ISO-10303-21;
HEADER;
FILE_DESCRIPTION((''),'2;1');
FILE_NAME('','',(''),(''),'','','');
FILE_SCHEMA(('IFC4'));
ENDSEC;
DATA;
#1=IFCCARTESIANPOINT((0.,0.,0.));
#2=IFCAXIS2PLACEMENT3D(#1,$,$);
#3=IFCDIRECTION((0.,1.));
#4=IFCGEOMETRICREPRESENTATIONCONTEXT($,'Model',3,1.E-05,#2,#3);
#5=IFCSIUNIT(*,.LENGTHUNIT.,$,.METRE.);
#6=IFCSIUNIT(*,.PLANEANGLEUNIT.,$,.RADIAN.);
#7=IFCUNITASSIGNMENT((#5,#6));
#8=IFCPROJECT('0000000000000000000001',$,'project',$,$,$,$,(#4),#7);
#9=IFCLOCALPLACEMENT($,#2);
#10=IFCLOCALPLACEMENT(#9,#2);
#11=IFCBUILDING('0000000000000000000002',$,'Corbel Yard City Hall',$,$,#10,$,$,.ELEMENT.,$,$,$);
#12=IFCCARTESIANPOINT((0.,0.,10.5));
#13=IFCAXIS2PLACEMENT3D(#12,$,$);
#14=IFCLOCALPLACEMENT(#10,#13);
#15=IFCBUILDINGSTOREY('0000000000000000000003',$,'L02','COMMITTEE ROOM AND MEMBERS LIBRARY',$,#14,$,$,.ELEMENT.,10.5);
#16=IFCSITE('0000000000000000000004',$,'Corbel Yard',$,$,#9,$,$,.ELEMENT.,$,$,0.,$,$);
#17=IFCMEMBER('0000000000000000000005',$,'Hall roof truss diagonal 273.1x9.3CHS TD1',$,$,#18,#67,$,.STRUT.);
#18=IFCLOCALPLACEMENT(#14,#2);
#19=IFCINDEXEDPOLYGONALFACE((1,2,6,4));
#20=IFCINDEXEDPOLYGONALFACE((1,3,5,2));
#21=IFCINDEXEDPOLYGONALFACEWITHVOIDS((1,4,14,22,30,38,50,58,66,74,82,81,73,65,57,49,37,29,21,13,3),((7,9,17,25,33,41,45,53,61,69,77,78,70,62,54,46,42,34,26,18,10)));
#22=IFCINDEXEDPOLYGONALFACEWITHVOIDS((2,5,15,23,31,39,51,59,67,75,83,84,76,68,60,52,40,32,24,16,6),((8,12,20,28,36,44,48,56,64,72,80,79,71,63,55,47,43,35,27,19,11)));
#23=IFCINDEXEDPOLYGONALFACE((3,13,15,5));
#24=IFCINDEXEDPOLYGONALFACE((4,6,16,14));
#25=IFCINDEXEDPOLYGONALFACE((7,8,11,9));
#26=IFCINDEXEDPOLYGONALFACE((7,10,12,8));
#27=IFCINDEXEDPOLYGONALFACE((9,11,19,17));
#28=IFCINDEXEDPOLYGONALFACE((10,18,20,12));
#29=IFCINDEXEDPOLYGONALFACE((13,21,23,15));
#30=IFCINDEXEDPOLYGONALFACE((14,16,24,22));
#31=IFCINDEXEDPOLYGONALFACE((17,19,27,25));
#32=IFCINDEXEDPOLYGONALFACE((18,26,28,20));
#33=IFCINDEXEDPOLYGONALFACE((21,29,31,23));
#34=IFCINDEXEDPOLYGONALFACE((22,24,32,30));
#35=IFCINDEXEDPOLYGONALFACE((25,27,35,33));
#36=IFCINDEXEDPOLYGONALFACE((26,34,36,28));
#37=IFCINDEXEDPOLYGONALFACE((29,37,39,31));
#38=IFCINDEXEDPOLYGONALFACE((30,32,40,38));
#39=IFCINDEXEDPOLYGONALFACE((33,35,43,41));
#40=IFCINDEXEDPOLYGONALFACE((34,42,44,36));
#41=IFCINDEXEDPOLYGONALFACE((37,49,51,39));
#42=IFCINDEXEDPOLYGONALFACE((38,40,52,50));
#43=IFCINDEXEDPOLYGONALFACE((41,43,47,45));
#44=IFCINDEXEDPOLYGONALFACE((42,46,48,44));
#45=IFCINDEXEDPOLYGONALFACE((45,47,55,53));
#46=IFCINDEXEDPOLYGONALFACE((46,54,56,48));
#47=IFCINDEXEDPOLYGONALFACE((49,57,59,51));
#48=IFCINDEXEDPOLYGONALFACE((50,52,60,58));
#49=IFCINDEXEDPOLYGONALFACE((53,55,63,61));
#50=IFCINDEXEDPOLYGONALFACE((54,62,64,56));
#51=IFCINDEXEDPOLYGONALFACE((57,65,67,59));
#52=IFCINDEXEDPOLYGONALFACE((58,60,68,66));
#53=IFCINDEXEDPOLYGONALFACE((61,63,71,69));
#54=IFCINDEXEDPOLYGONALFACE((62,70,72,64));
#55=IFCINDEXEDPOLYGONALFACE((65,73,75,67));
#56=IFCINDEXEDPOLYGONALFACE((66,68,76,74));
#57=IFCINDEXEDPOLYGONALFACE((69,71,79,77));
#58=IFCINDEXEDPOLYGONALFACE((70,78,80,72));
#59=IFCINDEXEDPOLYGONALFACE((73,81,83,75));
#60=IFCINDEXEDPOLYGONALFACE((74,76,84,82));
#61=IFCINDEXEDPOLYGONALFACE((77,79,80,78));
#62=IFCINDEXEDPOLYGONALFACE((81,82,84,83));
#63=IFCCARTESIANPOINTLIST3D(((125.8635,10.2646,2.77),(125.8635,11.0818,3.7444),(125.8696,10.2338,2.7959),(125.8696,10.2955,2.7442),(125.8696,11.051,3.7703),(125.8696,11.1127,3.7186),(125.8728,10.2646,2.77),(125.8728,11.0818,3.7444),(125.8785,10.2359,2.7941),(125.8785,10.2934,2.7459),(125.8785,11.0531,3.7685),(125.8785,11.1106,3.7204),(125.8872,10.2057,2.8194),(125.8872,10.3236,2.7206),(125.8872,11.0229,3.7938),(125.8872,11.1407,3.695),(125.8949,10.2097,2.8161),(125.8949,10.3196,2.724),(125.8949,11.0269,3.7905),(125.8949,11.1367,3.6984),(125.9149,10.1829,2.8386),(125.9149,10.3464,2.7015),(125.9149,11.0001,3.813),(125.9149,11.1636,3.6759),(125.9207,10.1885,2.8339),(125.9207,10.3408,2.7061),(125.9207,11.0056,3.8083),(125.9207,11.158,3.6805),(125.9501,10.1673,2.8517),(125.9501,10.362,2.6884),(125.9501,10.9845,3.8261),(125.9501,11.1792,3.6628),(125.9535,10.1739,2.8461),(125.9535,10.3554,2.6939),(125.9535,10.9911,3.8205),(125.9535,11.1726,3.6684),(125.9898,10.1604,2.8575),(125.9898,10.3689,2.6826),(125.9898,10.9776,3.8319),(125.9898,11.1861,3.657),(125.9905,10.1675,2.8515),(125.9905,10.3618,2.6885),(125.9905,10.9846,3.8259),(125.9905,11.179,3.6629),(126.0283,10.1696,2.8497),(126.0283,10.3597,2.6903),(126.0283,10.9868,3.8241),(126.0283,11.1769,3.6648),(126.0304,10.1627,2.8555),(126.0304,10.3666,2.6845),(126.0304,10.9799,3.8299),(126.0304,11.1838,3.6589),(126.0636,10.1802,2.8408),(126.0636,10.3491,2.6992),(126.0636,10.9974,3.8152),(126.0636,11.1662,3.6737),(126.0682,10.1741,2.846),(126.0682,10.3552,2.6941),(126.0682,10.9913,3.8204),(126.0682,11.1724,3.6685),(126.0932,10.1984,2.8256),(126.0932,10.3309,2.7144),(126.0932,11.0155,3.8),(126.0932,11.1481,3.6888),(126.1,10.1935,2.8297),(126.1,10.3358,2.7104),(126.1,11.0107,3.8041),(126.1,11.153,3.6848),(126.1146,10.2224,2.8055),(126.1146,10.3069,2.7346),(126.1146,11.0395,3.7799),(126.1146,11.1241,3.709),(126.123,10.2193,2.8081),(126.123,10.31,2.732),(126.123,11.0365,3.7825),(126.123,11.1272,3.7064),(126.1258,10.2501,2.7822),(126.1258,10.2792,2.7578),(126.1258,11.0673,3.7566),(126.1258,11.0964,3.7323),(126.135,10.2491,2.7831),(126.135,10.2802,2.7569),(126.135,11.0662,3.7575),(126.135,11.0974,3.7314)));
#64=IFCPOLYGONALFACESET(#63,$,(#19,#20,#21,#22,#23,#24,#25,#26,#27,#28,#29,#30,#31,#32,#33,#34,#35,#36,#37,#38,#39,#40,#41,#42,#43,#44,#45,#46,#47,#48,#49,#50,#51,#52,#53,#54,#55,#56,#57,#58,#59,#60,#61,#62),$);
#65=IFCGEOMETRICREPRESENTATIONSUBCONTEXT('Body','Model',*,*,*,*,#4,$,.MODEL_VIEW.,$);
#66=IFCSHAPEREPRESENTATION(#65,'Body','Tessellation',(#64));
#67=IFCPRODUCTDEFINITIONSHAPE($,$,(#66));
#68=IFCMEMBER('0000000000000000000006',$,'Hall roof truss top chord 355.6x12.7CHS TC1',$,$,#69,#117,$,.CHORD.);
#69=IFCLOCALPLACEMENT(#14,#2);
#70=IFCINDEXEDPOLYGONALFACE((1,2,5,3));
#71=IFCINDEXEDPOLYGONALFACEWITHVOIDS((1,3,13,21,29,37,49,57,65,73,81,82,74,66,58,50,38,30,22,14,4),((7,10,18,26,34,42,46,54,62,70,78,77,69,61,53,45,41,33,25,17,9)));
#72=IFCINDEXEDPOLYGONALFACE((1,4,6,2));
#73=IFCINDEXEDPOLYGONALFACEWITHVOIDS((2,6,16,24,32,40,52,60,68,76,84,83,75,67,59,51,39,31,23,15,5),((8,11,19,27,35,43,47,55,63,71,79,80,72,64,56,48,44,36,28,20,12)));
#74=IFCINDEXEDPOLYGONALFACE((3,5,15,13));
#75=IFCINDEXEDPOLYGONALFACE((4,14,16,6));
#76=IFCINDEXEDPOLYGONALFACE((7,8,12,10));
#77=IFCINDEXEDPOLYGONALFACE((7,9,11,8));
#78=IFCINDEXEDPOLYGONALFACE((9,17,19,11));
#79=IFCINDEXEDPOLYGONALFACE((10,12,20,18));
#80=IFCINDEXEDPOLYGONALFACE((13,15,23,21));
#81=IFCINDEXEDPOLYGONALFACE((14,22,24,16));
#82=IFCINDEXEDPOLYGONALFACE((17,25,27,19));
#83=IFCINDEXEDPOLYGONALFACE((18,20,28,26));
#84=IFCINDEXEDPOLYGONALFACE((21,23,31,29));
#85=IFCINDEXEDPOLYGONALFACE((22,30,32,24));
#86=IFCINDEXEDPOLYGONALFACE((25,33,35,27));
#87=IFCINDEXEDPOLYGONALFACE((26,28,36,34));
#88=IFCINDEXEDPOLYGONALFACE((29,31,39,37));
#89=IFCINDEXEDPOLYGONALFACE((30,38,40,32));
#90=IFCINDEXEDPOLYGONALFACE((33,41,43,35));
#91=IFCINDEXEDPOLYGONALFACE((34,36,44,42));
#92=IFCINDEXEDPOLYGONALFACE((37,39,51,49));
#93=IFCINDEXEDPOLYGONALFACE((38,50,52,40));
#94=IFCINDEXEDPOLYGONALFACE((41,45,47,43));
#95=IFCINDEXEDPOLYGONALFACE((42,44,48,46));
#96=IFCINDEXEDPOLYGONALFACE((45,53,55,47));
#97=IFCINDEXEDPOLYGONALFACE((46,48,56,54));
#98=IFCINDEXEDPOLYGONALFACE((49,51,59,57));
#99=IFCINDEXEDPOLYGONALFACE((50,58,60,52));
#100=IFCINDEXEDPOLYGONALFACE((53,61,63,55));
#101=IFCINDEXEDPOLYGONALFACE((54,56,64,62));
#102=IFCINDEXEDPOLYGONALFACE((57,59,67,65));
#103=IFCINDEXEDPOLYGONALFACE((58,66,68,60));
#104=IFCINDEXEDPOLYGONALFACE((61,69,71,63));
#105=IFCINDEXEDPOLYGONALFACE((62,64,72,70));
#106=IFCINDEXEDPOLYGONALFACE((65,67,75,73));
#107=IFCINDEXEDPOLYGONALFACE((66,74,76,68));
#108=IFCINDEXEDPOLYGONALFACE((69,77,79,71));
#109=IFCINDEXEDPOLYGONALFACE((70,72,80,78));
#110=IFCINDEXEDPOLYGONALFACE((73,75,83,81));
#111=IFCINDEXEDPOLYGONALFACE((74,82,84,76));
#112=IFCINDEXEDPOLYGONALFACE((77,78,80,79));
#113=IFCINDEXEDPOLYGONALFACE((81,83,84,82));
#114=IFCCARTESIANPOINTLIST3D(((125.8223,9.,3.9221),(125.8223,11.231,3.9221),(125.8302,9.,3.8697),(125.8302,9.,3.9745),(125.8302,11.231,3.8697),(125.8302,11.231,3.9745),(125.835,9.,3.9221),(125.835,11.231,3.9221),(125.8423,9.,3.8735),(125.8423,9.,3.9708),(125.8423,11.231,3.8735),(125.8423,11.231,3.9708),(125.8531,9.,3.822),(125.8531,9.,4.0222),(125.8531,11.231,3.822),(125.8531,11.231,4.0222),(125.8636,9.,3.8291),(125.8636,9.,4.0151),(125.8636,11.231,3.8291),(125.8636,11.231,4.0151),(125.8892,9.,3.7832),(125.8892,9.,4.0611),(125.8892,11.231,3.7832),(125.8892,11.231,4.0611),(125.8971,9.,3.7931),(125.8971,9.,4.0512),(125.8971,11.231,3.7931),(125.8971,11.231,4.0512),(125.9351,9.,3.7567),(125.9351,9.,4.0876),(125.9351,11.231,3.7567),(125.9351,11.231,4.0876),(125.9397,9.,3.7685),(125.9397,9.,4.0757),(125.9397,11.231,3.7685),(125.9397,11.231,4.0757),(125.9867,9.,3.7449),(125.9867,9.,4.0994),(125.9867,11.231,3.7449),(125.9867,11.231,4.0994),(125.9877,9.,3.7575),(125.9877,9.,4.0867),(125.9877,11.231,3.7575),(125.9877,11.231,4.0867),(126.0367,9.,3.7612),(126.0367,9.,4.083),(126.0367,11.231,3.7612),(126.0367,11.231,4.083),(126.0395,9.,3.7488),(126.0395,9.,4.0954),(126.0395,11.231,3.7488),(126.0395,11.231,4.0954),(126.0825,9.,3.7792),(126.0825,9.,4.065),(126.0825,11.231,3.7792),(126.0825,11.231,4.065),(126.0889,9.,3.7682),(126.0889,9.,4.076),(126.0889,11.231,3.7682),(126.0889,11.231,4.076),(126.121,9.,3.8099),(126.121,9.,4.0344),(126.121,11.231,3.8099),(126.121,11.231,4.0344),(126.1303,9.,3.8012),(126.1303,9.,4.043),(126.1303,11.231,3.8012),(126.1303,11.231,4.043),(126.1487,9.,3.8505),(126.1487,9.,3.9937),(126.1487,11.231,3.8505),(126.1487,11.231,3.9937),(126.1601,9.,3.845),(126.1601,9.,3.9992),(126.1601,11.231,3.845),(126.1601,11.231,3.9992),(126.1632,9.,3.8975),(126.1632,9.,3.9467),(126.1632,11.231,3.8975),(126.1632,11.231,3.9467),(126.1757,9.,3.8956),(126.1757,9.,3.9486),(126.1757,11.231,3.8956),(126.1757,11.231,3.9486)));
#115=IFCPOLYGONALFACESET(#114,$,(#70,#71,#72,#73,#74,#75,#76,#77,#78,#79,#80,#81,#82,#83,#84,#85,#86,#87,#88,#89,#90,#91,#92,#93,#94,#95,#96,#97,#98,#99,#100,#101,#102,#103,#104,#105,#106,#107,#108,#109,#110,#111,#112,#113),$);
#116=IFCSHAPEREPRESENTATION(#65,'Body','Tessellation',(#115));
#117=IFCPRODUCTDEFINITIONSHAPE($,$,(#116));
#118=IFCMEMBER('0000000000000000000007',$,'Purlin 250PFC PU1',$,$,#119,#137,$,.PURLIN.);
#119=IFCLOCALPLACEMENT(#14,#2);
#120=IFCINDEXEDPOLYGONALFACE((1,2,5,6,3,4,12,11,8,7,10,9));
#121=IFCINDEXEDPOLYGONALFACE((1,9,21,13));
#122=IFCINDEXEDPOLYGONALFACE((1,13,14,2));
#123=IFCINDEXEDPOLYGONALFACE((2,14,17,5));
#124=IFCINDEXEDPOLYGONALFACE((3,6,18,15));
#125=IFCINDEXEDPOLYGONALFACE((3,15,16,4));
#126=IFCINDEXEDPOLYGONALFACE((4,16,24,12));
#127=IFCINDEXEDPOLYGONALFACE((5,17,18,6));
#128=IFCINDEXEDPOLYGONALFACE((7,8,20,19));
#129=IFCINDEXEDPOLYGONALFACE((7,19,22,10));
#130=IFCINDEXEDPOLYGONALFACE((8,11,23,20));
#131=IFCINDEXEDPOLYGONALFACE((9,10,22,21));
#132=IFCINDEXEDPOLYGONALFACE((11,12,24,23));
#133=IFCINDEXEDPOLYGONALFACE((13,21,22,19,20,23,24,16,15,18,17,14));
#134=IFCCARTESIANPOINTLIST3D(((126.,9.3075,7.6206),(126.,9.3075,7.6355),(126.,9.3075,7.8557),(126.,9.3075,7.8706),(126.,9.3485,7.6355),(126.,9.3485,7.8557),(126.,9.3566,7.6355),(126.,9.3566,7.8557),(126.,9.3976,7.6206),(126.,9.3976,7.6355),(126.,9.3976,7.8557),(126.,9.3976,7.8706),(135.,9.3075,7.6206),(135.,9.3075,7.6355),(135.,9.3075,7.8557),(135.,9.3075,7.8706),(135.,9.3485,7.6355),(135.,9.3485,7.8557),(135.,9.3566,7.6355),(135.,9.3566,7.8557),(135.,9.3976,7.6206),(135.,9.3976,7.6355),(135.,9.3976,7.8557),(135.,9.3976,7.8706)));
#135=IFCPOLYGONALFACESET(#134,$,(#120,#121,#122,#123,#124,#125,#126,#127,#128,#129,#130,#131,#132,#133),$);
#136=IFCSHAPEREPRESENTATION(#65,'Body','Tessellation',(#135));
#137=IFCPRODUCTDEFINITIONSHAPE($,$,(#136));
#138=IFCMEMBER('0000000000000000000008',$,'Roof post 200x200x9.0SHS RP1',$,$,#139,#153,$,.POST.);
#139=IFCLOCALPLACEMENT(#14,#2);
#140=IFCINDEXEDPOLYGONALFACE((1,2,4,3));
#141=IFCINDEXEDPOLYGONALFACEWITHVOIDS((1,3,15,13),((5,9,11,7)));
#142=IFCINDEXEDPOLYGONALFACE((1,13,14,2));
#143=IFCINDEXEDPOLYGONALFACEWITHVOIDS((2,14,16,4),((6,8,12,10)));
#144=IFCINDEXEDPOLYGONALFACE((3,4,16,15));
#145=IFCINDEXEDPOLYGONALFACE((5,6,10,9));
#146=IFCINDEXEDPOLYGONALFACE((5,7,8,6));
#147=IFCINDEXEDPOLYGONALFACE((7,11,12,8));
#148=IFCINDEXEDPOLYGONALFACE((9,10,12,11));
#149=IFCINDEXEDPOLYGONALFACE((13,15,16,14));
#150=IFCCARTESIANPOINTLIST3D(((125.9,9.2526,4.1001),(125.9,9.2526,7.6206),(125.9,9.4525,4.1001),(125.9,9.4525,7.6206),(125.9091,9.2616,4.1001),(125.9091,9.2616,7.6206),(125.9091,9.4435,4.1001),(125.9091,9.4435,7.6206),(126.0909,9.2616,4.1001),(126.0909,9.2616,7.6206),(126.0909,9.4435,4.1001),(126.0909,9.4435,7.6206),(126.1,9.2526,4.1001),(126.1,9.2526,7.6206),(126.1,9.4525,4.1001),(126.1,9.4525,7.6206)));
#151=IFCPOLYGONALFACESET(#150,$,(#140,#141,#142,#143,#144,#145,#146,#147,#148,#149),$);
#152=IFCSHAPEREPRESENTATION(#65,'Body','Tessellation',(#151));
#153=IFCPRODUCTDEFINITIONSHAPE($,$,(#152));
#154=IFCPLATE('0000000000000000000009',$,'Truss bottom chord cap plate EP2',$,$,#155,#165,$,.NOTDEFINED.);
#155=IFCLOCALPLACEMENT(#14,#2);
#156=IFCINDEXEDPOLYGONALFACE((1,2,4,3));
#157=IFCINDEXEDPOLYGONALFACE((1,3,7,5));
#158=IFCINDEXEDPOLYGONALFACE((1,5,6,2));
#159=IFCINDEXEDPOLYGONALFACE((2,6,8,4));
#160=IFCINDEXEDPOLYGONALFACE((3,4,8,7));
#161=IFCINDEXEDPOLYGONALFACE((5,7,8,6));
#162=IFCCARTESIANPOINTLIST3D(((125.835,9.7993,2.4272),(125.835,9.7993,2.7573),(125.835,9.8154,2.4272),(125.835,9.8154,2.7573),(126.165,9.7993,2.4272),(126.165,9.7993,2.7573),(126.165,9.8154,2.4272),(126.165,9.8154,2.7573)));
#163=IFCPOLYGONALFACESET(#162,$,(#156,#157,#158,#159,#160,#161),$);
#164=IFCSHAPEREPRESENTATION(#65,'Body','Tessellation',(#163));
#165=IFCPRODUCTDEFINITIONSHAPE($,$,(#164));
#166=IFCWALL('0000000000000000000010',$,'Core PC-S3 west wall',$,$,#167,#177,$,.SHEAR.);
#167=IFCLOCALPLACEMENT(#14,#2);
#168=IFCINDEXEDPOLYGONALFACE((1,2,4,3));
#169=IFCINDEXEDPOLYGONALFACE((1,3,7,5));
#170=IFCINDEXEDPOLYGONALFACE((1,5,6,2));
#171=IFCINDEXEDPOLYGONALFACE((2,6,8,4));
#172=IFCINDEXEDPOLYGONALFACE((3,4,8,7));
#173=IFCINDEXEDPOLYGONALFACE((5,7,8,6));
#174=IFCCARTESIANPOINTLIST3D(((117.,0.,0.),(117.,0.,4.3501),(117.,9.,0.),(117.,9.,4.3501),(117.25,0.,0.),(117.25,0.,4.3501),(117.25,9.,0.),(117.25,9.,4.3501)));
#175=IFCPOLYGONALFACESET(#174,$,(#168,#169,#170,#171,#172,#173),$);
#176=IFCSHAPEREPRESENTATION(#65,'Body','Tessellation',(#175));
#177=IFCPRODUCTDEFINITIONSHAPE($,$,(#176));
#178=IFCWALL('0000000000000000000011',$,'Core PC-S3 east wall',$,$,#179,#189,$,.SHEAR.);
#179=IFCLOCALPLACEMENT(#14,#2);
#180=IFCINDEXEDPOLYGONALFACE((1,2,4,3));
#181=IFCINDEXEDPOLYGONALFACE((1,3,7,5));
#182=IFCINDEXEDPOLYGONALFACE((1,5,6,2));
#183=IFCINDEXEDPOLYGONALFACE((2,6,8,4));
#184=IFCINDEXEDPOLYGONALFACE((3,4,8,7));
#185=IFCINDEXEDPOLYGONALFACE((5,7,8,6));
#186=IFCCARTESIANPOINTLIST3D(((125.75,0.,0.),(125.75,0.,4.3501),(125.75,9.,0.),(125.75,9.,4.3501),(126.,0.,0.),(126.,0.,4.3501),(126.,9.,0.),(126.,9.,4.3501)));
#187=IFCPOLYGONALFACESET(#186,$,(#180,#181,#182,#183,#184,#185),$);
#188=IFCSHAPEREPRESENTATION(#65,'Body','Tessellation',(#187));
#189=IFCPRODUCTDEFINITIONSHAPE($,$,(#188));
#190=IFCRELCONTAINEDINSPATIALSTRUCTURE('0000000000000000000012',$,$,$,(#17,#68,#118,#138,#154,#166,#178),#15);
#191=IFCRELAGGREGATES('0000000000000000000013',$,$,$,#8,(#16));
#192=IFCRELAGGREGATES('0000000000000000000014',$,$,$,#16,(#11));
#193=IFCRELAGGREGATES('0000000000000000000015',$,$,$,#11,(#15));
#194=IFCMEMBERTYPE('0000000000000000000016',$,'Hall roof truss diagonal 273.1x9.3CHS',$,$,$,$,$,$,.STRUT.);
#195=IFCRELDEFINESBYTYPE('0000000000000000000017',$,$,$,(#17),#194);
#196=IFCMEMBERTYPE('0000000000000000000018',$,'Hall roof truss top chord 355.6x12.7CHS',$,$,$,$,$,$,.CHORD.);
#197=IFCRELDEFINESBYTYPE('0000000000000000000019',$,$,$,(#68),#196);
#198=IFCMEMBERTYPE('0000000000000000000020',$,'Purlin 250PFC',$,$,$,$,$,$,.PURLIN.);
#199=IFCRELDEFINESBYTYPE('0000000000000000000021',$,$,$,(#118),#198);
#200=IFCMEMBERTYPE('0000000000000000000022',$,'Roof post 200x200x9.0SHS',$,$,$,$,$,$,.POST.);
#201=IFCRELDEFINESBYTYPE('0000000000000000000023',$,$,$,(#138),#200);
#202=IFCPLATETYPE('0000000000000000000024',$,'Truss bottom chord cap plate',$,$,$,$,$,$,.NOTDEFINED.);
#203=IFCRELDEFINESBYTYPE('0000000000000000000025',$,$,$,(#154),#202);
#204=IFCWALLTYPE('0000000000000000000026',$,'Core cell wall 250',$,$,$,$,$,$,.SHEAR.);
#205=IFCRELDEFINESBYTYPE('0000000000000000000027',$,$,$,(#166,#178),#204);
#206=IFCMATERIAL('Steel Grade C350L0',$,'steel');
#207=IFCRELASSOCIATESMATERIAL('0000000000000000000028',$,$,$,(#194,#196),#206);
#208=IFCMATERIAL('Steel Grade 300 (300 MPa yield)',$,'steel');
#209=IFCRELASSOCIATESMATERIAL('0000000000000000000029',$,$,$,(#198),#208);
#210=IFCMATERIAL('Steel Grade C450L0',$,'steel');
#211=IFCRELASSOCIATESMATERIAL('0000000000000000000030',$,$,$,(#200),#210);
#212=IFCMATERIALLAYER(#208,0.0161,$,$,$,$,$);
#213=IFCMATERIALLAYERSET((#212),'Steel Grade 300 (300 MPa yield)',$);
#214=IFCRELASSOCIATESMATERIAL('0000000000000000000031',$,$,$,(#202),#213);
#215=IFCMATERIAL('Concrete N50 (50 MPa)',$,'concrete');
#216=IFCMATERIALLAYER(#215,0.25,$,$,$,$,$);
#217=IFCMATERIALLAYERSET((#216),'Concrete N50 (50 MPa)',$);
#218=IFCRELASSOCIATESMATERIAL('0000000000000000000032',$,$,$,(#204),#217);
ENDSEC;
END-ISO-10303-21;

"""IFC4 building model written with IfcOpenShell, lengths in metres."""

from ifc_helpers import new_model, si_unit, direction, frame, frame_2d, origin, origin_2d, place, context, subcontext, project, spatial, rectangle, hollow_rectangle, hollow_circle, i_section, extrude, material, layer, layer_set, material_profile, profile_set, type_object, element, save


model = new_model("IFC4")

# Units and contexts
model_context = context("Model", 3, precision=1e-05, world=origin(), true_north=direction((0.0, 1.0)))
body_context = subcontext(model_context, "Body", "Model", "MODEL_VIEW")
ifc_project = project(units=[si_unit("LENGTHUNIT", "METRE"), si_unit("PLANEANGLEUNIT", "RADIAN")], contexts=[model_context])

# Site, building, storey
site_placement = place(None, origin())
site = spatial("IfcSite", under=ifc_project, at=site_placement, Name="Corbel Yard", CompositionType="ELEMENT", RefElevation=0.0)
building_placement = place(site_placement, origin())
building = spatial("IfcBuilding", under=site, at=building_placement, Name="Corbel Yard City Hall", CompositionType="ELEMENT")
storey_placement = place(building_placement, frame((0.0, 0.0, 10.5)))
storey = spatial("IfcBuildingStorey", under=building, at=storey_placement, Name="L02", Description="COMMITTEE ROOM AND MEMBERS LIBRARY", CompositionType="ELEMENT", Elevation=10.5)

# Shared definitions
ifc_material_1 = material(Name="Steel Grade 300 (300 MPa yield)", Category="steel")

# Members
ifc_material_2 = material(Name="Steel Grade C350L0", Category="steel")
ifc_material_profile_1 = material_profile(ifc_material_2, hollow_circle(Radius=0.1365, WallThickness=0.0093, at=origin_2d()), Name="273.1x9.3CHS")
ifc_profile_set_1 = profile_set([ifc_material_profile_1], Name="Steel Grade C350L0")
member_type_1 = type_object("IfcMemberType", Name="Hall roof truss diagonal 273.1x9.3CHS", PredefinedType="STRUT", material=ifc_profile_set_1)
for number, where, z_axis, x_axis, name in (
    (1, (126.0, 10.2646, 2.77), (0.0, 0.64258, 0.766219), (-1.0, 0.0, 0.0), "Hall roof truss diagonal 273.1x9.3CHS TD1"),
):
    element("IfcMember", number, at=place(storey_placement, frame(where, z_axis=z_axis, x_axis=x_axis)), inside=storey, type_object=member_type_1, Name=name, PredefinedType="STRUT", context=body_context, shape_type="SweptSolid", body=[
        extrude(hollow_circle(Radius=0.1365, WallThickness=0.0093, at=origin_2d()), origin(), (0.0, 0.0, 1.0), 1.2717),
    ])
ifc_material_profile_2 = material_profile(ifc_material_2, hollow_circle(Radius=0.1777, WallThickness=0.0127, at=origin_2d()), Name="355.6x12.7CHS")
ifc_profile_set_2 = profile_set([ifc_material_profile_2], Name="Steel Grade C350L0")
member_type_2 = type_object("IfcMemberType", Name="Hall roof truss top chord 355.6x12.7CHS", PredefinedType="CHORD", material=ifc_profile_set_2)
member_1_placement = place(storey_placement, frame((126.0, 9.0, 3.9221), z_axis=(0.0, 1.0, 0.0), x_axis=(-1.0, 0.0, 0.0)))
element("IfcMember", 2, at=member_1_placement, inside=storey, type_object=member_type_2, Name="Hall roof truss top chord 355.6x12.7CHS TC1", PredefinedType="CHORD", context=body_context, shape_type="SweptSolid", body=[
    extrude(hollow_circle(Radius=0.1777, WallThickness=0.0127, at=origin_2d()), origin(), (0.0, 0.0, 1.0), 2.231),
])
ifc_material_profile_3 = material_profile(ifc_material_1, i_section(OverallWidth=0.0901, OverallDepth=0.25, WebThickness=0.0081, FlangeThickness=0.0149, at=origin_2d()), Name="250PFC")
ifc_profile_set_3 = profile_set([ifc_material_profile_3], Name="Steel Grade 300 (300 MPa yield)")
member_type_3 = type_object("IfcMemberType", Name="Purlin 250PFC", PredefinedType="PURLIN", material=ifc_profile_set_3)
member_2_placement = place(storey_placement, frame((126.0, 9.3525, 7.7456), z_axis=(1.0, 0.0, 0.0), x_axis=(0.0, 1.0, 0.0)))
element("IfcMember", 3, at=member_2_placement, inside=storey, type_object=member_type_3, Name="Purlin 250PFC PU1", PredefinedType="PURLIN", context=body_context, shape_type="SweptSolid", body=[
    extrude(i_section(OverallWidth=0.0901, OverallDepth=0.25, WebThickness=0.0081, FlangeThickness=0.0149, at=origin_2d()), origin(), (0.0, 0.0, 1.0), 9.0),
])
ifc_material_3 = material(Name="Steel Grade C450L0", Category="steel")
ifc_material_profile_4 = material_profile(ifc_material_3, hollow_rectangle(XDim=0.2, YDim=0.2, WallThickness=0.009, at=origin_2d()), Name="200x200x9.0SHS")
ifc_profile_set_4 = profile_set([ifc_material_profile_4], Name="Steel Grade C450L0")
member_type_4 = type_object("IfcMemberType", Name="Roof post 200x200x9.0SHS", PredefinedType="POST", material=ifc_profile_set_4)
member_3_placement = place(storey_placement, frame((126.0, 9.3525, 4.1001), z_axis=(0.0, 0.0, 1.0), x_axis=(1.0, 0.0, 0.0)))
element("IfcMember", 4, at=member_3_placement, inside=storey, type_object=member_type_4, Name="Roof post 200x200x9.0SHS RP1", PredefinedType="POST", context=body_context, shape_type="SweptSolid", body=[
    extrude(hollow_rectangle(XDim=0.2, YDim=0.2, WallThickness=0.009, at=origin_2d()), origin(), (0.0, 0.0, 1.0), 3.5205),
])

# Plate
ifc_layer_1 = layer(ifc_material_1, 0.0161)
ifc_layer_set_1 = layer_set([ifc_layer_1], Name="Steel Grade 300 (300 MPa yield)")
plate_type = type_object("IfcPlateType", Name="Truss bottom chord cap plate", PredefinedType="NOTDEFINED", material=ifc_layer_set_1)
plate_placement = place(storey_placement, frame((126.0, 9.8074, 2.4272), z_axis=(0.0, 0.0, 1.0), x_axis=(1.0, 0.0, 0.0)))
element("IfcPlate", 5, at=plate_placement, inside=storey, type_object=plate_type, Name="Truss bottom chord cap plate EP2", PredefinedType="NOTDEFINED", context=body_context, shape_type="SweptSolid", body=[
    extrude(rectangle(XDim=0.3301, YDim=0.0161, at=origin_2d()), origin(), (0.0, 0.0, 1.0), 0.3301),
])

# Walls
ifc_material_4 = material(Name="Concrete N50 (50 MPa)", Category="concrete")
ifc_layer_2 = layer(ifc_material_4, 0.25)
ifc_layer_set_2 = layer_set([ifc_layer_2], Name="Concrete N50 (50 MPa)")
wall_type_1 = type_object("IfcWallType", Name="Core cell wall 250", PredefinedType="SHEAR", material=ifc_layer_set_2)
for number, where, z_axis, x_axis, name in (
    (6, (117.125, 0.0, 0.0), (0.0, 0.0, 1.0), (0.0, 1.0, 0.0), "Core PC-S3 west wall"),
    (7, (125.875, 0.0, 0.0), (0.0, 0.0, 1.0), (0.0, 1.0, 0.0), "Core PC-S3 east wall"),
):
    element("IfcWall", number, at=place(storey_placement, frame(where, z_axis=z_axis, x_axis=x_axis)), inside=storey, type_object=wall_type_1, Name=name, PredefinedType="SHEAR", context=body_context, shape_type="SweptSolid", body=[
        extrude(rectangle(XDim=9.0, YDim=0.25, at=frame_2d((4.5, 0.0))), origin(), (0.0, 0.0, 1.0), 4.3501),
    ])

save(model, "model.ifc")
